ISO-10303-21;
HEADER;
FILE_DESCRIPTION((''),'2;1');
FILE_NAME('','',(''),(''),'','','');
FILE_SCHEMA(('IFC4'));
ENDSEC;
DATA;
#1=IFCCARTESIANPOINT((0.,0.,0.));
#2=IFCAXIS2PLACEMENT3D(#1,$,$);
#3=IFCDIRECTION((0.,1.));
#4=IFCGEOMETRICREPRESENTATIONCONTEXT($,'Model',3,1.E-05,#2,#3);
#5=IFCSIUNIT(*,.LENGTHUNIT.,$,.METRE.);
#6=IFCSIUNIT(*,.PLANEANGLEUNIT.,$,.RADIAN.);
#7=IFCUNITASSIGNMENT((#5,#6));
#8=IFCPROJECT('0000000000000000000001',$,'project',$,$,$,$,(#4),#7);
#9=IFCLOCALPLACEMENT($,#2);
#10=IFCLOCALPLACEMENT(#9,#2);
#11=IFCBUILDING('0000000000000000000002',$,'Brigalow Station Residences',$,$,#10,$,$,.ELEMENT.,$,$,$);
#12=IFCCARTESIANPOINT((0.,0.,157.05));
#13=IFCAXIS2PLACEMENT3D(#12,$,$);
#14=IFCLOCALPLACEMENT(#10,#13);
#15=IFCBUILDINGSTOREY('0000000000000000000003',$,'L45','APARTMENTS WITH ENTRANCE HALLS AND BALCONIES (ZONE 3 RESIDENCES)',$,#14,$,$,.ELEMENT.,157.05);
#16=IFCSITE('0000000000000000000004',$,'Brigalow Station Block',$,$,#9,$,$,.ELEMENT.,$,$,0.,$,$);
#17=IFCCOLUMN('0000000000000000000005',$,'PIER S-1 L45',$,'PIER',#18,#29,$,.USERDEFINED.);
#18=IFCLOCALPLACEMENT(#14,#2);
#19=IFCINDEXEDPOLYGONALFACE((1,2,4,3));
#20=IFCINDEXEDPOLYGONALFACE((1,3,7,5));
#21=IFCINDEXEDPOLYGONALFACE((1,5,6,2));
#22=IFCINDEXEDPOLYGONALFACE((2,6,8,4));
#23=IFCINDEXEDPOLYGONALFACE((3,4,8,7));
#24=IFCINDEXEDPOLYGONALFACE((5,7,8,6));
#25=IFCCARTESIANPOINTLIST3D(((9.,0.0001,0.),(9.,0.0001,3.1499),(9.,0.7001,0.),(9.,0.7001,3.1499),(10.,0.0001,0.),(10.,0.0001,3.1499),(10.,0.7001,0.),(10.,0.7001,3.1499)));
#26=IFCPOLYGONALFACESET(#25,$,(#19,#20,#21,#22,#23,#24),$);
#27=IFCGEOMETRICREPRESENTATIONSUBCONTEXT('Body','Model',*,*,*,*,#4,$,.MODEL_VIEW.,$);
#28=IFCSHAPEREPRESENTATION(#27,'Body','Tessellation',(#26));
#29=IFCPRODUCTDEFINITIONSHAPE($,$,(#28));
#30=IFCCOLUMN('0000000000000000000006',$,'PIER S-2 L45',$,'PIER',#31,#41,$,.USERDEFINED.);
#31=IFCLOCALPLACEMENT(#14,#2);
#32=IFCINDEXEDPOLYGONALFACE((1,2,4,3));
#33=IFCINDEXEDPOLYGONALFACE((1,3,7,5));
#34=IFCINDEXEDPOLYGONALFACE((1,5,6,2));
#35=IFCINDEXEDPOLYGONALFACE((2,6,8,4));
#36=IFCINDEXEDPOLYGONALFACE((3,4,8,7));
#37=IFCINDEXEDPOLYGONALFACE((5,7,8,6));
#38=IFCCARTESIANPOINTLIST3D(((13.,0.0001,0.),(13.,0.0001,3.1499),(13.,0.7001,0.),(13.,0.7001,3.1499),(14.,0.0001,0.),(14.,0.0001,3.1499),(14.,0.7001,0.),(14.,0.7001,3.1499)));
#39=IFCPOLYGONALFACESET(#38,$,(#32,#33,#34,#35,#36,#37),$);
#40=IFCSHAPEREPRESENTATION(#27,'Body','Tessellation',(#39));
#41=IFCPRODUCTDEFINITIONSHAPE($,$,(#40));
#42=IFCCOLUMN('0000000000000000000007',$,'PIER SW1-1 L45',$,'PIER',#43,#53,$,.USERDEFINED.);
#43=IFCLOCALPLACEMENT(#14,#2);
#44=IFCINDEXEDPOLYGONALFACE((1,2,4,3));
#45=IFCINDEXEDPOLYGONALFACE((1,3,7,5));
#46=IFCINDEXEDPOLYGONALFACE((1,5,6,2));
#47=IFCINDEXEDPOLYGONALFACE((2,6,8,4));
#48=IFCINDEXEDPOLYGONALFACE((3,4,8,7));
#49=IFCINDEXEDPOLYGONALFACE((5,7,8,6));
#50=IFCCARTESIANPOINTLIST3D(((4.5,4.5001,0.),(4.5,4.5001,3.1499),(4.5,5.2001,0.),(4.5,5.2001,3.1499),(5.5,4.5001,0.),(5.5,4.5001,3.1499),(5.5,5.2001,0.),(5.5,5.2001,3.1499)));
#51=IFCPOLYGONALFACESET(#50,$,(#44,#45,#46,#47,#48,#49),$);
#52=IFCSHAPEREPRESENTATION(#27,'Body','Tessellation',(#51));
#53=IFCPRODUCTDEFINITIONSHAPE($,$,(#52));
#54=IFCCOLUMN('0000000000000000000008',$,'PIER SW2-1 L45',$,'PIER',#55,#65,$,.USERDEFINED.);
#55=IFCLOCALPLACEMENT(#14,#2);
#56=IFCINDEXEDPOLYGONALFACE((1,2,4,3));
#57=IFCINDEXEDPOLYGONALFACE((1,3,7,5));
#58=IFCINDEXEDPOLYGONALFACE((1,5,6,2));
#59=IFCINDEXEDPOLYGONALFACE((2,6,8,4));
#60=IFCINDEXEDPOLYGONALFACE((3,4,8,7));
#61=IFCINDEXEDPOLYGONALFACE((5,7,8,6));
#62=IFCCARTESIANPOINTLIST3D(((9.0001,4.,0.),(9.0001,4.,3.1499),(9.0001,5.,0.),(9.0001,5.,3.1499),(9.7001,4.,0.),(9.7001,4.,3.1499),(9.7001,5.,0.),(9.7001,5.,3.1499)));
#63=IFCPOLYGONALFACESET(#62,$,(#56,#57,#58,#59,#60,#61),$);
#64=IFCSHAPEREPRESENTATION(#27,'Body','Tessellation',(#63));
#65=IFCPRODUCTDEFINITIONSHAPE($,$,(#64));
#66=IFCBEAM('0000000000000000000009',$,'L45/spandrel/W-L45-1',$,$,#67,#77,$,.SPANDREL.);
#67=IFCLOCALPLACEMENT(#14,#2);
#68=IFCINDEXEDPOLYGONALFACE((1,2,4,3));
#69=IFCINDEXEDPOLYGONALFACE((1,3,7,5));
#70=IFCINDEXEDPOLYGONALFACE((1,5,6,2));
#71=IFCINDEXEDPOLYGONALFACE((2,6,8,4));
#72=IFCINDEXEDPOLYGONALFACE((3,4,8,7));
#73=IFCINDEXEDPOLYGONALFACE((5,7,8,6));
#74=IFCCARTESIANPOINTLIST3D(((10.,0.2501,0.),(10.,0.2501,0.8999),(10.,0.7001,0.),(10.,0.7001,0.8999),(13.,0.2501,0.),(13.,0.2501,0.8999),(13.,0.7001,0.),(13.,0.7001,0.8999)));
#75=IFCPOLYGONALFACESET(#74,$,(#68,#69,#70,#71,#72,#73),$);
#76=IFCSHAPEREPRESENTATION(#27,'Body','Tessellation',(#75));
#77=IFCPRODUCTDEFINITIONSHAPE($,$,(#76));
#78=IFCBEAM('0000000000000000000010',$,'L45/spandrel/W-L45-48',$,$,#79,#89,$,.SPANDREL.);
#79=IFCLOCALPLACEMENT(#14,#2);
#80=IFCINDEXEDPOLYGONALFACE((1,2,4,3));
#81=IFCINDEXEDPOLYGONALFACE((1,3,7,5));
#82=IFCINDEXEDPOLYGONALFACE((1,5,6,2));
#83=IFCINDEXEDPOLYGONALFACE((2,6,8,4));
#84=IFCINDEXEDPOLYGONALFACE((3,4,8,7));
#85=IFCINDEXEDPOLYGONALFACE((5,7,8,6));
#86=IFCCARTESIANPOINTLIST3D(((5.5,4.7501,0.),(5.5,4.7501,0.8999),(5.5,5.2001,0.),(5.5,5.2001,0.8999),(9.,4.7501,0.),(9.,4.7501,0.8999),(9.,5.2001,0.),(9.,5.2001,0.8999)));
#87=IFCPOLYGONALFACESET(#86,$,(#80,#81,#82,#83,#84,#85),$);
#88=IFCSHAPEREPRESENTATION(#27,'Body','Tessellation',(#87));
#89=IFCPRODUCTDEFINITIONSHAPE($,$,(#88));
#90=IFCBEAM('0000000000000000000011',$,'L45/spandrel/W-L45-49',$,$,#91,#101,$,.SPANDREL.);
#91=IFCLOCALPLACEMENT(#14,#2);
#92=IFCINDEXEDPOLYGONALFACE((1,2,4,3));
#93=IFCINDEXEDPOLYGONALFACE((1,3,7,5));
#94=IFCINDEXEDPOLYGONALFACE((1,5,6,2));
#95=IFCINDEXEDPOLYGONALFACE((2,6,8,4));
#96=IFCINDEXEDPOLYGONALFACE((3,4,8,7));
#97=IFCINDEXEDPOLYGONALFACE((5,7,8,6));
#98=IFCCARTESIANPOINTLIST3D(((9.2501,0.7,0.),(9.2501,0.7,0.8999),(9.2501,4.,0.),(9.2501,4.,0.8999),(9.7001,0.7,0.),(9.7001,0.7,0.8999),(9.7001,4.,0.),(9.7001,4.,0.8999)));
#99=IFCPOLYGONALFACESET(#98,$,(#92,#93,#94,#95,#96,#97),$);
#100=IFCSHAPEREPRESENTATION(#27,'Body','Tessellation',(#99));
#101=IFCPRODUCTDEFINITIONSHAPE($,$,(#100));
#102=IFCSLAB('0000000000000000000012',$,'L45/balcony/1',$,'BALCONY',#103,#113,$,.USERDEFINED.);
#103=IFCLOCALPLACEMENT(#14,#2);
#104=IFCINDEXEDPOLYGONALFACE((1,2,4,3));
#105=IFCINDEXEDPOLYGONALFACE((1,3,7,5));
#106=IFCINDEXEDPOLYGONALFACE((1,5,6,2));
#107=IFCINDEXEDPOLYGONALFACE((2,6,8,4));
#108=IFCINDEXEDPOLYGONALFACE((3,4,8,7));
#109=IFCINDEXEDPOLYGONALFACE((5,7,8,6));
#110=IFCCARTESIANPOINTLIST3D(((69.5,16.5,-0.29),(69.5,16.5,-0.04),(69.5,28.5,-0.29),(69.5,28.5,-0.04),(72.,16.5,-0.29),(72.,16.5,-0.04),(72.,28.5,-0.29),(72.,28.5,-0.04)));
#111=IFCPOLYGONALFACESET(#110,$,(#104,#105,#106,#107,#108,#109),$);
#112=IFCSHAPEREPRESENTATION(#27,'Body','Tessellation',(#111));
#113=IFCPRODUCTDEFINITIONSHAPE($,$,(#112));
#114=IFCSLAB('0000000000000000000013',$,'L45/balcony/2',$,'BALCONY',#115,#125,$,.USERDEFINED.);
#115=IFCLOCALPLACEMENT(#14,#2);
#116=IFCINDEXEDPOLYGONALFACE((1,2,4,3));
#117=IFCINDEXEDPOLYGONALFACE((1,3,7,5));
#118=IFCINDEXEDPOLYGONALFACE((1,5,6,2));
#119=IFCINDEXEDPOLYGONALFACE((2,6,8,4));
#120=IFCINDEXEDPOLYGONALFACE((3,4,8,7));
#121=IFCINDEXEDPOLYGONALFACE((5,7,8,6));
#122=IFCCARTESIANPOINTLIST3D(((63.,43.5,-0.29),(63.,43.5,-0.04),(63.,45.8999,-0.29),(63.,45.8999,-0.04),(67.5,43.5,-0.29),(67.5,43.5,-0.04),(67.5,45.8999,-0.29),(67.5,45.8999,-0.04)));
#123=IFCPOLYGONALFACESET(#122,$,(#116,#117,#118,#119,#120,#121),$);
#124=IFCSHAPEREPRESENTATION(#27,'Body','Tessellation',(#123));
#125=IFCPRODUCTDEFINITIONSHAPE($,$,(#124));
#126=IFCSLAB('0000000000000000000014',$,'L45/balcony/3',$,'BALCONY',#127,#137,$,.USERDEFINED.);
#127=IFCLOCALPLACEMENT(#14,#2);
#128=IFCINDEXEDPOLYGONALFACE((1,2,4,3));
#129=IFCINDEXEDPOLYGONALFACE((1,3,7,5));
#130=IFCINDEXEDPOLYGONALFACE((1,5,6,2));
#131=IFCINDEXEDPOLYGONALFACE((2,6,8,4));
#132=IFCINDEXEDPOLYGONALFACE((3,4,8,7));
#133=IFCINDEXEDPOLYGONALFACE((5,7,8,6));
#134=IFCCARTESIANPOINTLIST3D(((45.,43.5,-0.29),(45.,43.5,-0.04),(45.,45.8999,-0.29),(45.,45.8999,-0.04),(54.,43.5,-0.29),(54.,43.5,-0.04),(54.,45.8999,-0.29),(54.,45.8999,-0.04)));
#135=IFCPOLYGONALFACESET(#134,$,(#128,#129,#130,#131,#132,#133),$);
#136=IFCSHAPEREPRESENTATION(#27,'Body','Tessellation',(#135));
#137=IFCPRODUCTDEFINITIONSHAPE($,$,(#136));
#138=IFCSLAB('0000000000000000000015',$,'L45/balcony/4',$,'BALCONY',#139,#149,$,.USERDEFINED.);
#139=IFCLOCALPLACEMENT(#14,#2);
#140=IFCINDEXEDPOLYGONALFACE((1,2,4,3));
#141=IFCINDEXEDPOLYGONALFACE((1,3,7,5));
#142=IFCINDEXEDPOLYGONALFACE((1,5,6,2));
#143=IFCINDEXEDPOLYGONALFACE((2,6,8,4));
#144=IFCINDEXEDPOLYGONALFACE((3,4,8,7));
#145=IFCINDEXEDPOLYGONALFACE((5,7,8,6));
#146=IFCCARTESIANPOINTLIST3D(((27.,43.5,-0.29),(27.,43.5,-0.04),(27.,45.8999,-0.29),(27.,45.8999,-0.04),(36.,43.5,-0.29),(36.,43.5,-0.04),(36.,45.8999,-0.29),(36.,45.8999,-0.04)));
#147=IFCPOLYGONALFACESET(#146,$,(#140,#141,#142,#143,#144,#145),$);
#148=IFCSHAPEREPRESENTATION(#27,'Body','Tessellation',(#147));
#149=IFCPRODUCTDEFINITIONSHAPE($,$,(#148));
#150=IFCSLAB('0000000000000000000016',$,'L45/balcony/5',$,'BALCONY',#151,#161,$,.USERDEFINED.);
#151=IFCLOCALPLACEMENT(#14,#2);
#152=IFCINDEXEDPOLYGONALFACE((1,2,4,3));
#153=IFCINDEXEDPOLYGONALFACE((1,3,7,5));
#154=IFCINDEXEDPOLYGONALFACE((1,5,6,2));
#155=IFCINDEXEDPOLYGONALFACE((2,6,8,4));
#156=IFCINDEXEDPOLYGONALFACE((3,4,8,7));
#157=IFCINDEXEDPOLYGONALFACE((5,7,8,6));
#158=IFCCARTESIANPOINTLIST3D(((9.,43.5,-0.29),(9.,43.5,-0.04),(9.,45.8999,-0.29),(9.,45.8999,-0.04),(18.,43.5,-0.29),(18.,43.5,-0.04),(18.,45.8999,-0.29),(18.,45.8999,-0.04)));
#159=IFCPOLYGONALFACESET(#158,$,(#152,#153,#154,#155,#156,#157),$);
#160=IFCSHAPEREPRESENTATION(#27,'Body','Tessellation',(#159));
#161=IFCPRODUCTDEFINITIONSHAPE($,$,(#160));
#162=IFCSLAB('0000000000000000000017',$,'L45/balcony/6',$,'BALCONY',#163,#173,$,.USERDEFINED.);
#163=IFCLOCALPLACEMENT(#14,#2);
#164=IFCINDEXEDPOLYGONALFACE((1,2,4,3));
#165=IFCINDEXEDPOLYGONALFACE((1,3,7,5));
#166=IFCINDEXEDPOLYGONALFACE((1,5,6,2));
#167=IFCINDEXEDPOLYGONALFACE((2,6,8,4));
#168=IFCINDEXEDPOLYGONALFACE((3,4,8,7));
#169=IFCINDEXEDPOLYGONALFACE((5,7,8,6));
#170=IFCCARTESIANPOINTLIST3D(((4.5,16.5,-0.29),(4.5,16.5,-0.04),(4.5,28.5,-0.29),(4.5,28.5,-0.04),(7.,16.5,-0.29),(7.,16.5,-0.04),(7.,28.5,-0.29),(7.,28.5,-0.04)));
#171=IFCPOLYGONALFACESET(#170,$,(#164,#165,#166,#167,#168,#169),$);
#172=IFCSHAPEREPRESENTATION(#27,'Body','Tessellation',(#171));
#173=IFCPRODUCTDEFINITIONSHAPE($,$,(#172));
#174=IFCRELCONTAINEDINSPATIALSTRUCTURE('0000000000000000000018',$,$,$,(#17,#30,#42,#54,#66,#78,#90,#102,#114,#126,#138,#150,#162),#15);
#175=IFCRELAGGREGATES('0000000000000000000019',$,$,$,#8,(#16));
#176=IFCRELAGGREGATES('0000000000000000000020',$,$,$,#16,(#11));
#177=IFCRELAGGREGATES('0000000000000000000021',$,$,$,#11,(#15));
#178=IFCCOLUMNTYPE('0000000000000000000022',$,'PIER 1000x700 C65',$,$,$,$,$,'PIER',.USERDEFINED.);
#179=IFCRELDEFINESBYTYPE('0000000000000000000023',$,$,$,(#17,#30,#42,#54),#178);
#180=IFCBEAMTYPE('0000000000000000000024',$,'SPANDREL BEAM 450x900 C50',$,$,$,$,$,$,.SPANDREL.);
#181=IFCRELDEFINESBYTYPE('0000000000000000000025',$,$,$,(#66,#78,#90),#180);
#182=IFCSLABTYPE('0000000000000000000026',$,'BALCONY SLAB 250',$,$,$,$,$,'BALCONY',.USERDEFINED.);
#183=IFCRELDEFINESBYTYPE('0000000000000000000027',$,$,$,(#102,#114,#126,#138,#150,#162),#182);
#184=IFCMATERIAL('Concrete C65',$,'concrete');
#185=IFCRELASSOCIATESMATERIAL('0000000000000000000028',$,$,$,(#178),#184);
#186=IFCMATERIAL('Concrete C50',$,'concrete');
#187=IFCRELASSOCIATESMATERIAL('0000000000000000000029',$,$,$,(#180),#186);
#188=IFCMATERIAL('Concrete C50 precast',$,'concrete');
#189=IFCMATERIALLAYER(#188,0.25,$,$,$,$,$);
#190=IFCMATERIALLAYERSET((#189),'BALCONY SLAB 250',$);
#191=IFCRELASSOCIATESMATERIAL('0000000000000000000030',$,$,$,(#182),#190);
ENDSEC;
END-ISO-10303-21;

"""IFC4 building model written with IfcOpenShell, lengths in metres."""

from ifc_helpers import new_model, si_unit, direction, frame, origin, origin_2d, place, context, subcontext, project, spatial, polyline, rectangle, outline, extrude, material, layer, layer_set, material_profile, profile_set, type_object, element, save


model = new_model("IFC4")

# Units and contexts
model_context = context("Model", 3, precision=1e-05, world=origin(), true_north=direction((0.0, 1.0)))
body_context = subcontext(model_context, "Body", "Model", "MODEL_VIEW")
ifc_project = project(units=[si_unit("LENGTHUNIT", "METRE"), si_unit("PLANEANGLEUNIT", "RADIAN")], contexts=[model_context])

# Site, building, storey
site_placement = place(None, origin())
site = spatial("IfcSite", under=ifc_project, at=site_placement, Name="Brigalow Station Block", CompositionType="ELEMENT", RefElevation=0.0)
building_placement = place(site_placement, origin())
building = spatial("IfcBuilding", under=site, at=building_placement, Name="Brigalow Station Residences", CompositionType="ELEMENT")
storey_placement = place(building_placement, frame((0.0, 0.0, 157.05)))
storey = spatial("IfcBuildingStorey", under=building, at=storey_placement, Name="L45", Description="APARTMENTS WITH ENTRANCE HALLS AND BALCONIES (ZONE 3 RESIDENCES)", CompositionType="ELEMENT", Elevation=157.05)

# Columns
ifc_material_1 = material(Name="Concrete C65", Category="concrete")
ifc_material_profile_1 = material_profile(ifc_material_1, rectangle(XDim=1.0, YDim=0.7, at=origin_2d()), Name="RC1000x700")
ifc_profile_set_1 = profile_set([ifc_material_profile_1], Name="Concrete C65")
column_type = type_object("IfcColumnType", Name="PIER 1000x700 C65", ElementType="PIER", PredefinedType="USERDEFINED", material=ifc_profile_set_1)
for number, where, z_axis, x_axis, name in (
    (1, (9.5, 0.3501, 0.0), (0.0, 0.0, 1.0), (1.0, 0.0, 0.0), "PIER S-1 L45"),
    (2, (13.5, 0.3501, 0.0), (0.0, 0.0, 1.0), (1.0, 0.0, 0.0), "PIER S-2 L45"),
    (3, (5.0, 4.8501, 0.0), (0.0, 0.0, 1.0), (1.0, 0.0, 0.0), "PIER SW1-1 L45"),
    (4, (9.3501, 4.5, 0.0), (0.0, 0.0, 1.0), (0.0, -1.0, 0.0), "PIER SW2-1 L45"),
):
    element("IfcColumn", number, at=place(storey_placement, frame(where, z_axis=z_axis, x_axis=x_axis)), inside=storey, type_object=column_type, Name=name, ObjectType="PIER", PredefinedType="USERDEFINED", context=body_context, shape_type="SweptSolid", body=[
        extrude(rectangle(XDim=1.0, YDim=0.7, at=origin_2d()), origin(), (0.0, 0.0, 1.0), 3.1499),
    ])

# Beams
ifc_material_2 = material(Name="Concrete C50", Category="concrete")
ifc_material_profile_2 = material_profile(ifc_material_2, rectangle(XDim=0.45, YDim=0.8999, at=origin_2d()), Name="RC450x900")
ifc_profile_set_2 = profile_set([ifc_material_profile_2], Name="Concrete C50")
beam_type = type_object("IfcBeamType", Name="SPANDREL BEAM 450x900 C50", PredefinedType="SPANDREL", material=ifc_profile_set_2)
beam_1_placement = place(storey_placement, frame((10.0, 0.4751, 0.45), z_axis=(1.0, 0.0, 0.0), x_axis=(0.0, 1.0, 0.0)))
element("IfcBeam", 5, at=beam_1_placement, inside=storey, type_object=beam_type, Name="L45/spandrel/W-L45-1", PredefinedType="SPANDREL", context=body_context, shape_type="SweptSolid", body=[
    extrude(rectangle(XDim=0.45, YDim=0.8999, at=origin_2d()), origin(), (0.0, 0.0, 1.0), 3.0),
])
beam_2_placement = place(storey_placement, frame((5.5, 4.9751, 0.45), z_axis=(1.0, 0.0, 0.0), x_axis=(0.0, 1.0, 0.0)))
element("IfcBeam", 6, at=beam_2_placement, inside=storey, type_object=beam_type, Name="L45/spandrel/W-L45-48", PredefinedType="SPANDREL", context=body_context, shape_type="SweptSolid", body=[
    extrude(rectangle(XDim=0.45, YDim=0.8999, at=origin_2d()), origin(), (0.0, 0.0, 1.0), 3.5),
])
beam_3_placement = place(storey_placement, frame((9.4751, 4.0, 0.45), z_axis=(0.0, -1.0, 0.0), x_axis=(1.0, 0.0, 0.0)))
element("IfcBeam", 7, at=beam_3_placement, inside=storey, type_object=beam_type, Name="L45/spandrel/W-L45-49", PredefinedType="SPANDREL", context=body_context, shape_type="SweptSolid", body=[
    extrude(rectangle(XDim=0.45, YDim=0.8999, at=origin_2d()), origin(), (0.0, 0.0, 1.0), 3.3),
])

# Slabs
ifc_material_3 = material(Name="Concrete C50 precast", Category="concrete")
ifc_layer_1 = layer(ifc_material_3, 0.25)
ifc_layer_set_1 = layer_set([ifc_layer_1], Name="BALCONY SLAB 250")
slab_type_1 = type_object("IfcSlabType", Name="BALCONY SLAB 250", ElementType="BALCONY", PredefinedType="USERDEFINED", material=ifc_layer_set_1)
slab_1_placement = place(storey_placement, frame((0.0, 0.0, -0.29)))
element("IfcSlab", 8, at=slab_1_placement, inside=storey, type_object=slab_type_1, Name="L45/balcony/1", ObjectType="BALCONY", PredefinedType="USERDEFINED", context=body_context, shape_type="SweptSolid", body=[
    extrude(outline(polyline([(69.5, 16.5), (72.0, 16.5), (72.0, 28.5), (69.5, 28.5), (69.5, 16.5)])), origin(), (0.0, 0.0, 1.0), 0.25),
])
slab_2_placement = place(storey_placement, frame((0.0, 0.0, -0.29)))
element("IfcSlab", 9, at=slab_2_placement, inside=storey, type_object=slab_type_1, Name="L45/balcony/2", ObjectType="BALCONY", PredefinedType="USERDEFINED", context=body_context, shape_type="SweptSolid", body=[
    extrude(outline(polyline([(67.5, 43.5), (67.5, 45.8999), (63.0, 45.8999), (63.0, 43.5), (67.5, 43.5)])), origin(), (0.0, 0.0, 1.0), 0.25),
])
slab_3_placement = place(storey_placement, frame((0.0, 0.0, -0.29)))
element("IfcSlab", 10, at=slab_3_placement, inside=storey, type_object=slab_type_1, Name="L45/balcony/3", ObjectType="BALCONY", PredefinedType="USERDEFINED", context=body_context, shape_type="SweptSolid", body=[
    extrude(outline(polyline([(54.0, 43.5), (54.0, 45.8999), (45.0, 45.8999), (45.0, 43.5), (54.0, 43.5)])), origin(), (0.0, 0.0, 1.0), 0.25),
])
slab_4_placement = place(storey_placement, frame((0.0, 0.0, -0.29)))
element("IfcSlab", 11, at=slab_4_placement, inside=storey, type_object=slab_type_1, Name="L45/balcony/4", ObjectType="BALCONY", PredefinedType="USERDEFINED", context=body_context, shape_type="SweptSolid", body=[
    extrude(outline(polyline([(36.0, 43.5), (36.0, 45.8999), (27.0, 45.8999), (27.0, 43.5), (36.0, 43.5)])), origin(), (0.0, 0.0, 1.0), 0.25),
])
slab_5_placement = place(storey_placement, frame((0.0, 0.0, -0.29)))
element("IfcSlab", 12, at=slab_5_placement, inside=storey, type_object=slab_type_1, Name="L45/balcony/5", ObjectType="BALCONY", PredefinedType="USERDEFINED", context=body_context, shape_type="SweptSolid", body=[
    extrude(outline(polyline([(18.0, 43.5), (18.0, 45.8999), (9.0, 45.8999), (9.0, 43.5), (18.0, 43.5)])), origin(), (0.0, 0.0, 1.0), 0.25),
])
slab_6_placement = place(storey_placement, frame((0.0, 0.0, -0.29)))
element("IfcSlab", 13, at=slab_6_placement, inside=storey, type_object=slab_type_1, Name="L45/balcony/6", ObjectType="BALCONY", PredefinedType="USERDEFINED", context=body_context, shape_type="SweptSolid", body=[
    extrude(outline(polyline([(7.0, 28.5), (4.5, 28.5), (4.5, 16.5), (7.0, 16.5), (7.0, 28.5)])), origin(), (0.0, 0.0, 1.0), 0.25),
])

save(model, "model.ifc")
